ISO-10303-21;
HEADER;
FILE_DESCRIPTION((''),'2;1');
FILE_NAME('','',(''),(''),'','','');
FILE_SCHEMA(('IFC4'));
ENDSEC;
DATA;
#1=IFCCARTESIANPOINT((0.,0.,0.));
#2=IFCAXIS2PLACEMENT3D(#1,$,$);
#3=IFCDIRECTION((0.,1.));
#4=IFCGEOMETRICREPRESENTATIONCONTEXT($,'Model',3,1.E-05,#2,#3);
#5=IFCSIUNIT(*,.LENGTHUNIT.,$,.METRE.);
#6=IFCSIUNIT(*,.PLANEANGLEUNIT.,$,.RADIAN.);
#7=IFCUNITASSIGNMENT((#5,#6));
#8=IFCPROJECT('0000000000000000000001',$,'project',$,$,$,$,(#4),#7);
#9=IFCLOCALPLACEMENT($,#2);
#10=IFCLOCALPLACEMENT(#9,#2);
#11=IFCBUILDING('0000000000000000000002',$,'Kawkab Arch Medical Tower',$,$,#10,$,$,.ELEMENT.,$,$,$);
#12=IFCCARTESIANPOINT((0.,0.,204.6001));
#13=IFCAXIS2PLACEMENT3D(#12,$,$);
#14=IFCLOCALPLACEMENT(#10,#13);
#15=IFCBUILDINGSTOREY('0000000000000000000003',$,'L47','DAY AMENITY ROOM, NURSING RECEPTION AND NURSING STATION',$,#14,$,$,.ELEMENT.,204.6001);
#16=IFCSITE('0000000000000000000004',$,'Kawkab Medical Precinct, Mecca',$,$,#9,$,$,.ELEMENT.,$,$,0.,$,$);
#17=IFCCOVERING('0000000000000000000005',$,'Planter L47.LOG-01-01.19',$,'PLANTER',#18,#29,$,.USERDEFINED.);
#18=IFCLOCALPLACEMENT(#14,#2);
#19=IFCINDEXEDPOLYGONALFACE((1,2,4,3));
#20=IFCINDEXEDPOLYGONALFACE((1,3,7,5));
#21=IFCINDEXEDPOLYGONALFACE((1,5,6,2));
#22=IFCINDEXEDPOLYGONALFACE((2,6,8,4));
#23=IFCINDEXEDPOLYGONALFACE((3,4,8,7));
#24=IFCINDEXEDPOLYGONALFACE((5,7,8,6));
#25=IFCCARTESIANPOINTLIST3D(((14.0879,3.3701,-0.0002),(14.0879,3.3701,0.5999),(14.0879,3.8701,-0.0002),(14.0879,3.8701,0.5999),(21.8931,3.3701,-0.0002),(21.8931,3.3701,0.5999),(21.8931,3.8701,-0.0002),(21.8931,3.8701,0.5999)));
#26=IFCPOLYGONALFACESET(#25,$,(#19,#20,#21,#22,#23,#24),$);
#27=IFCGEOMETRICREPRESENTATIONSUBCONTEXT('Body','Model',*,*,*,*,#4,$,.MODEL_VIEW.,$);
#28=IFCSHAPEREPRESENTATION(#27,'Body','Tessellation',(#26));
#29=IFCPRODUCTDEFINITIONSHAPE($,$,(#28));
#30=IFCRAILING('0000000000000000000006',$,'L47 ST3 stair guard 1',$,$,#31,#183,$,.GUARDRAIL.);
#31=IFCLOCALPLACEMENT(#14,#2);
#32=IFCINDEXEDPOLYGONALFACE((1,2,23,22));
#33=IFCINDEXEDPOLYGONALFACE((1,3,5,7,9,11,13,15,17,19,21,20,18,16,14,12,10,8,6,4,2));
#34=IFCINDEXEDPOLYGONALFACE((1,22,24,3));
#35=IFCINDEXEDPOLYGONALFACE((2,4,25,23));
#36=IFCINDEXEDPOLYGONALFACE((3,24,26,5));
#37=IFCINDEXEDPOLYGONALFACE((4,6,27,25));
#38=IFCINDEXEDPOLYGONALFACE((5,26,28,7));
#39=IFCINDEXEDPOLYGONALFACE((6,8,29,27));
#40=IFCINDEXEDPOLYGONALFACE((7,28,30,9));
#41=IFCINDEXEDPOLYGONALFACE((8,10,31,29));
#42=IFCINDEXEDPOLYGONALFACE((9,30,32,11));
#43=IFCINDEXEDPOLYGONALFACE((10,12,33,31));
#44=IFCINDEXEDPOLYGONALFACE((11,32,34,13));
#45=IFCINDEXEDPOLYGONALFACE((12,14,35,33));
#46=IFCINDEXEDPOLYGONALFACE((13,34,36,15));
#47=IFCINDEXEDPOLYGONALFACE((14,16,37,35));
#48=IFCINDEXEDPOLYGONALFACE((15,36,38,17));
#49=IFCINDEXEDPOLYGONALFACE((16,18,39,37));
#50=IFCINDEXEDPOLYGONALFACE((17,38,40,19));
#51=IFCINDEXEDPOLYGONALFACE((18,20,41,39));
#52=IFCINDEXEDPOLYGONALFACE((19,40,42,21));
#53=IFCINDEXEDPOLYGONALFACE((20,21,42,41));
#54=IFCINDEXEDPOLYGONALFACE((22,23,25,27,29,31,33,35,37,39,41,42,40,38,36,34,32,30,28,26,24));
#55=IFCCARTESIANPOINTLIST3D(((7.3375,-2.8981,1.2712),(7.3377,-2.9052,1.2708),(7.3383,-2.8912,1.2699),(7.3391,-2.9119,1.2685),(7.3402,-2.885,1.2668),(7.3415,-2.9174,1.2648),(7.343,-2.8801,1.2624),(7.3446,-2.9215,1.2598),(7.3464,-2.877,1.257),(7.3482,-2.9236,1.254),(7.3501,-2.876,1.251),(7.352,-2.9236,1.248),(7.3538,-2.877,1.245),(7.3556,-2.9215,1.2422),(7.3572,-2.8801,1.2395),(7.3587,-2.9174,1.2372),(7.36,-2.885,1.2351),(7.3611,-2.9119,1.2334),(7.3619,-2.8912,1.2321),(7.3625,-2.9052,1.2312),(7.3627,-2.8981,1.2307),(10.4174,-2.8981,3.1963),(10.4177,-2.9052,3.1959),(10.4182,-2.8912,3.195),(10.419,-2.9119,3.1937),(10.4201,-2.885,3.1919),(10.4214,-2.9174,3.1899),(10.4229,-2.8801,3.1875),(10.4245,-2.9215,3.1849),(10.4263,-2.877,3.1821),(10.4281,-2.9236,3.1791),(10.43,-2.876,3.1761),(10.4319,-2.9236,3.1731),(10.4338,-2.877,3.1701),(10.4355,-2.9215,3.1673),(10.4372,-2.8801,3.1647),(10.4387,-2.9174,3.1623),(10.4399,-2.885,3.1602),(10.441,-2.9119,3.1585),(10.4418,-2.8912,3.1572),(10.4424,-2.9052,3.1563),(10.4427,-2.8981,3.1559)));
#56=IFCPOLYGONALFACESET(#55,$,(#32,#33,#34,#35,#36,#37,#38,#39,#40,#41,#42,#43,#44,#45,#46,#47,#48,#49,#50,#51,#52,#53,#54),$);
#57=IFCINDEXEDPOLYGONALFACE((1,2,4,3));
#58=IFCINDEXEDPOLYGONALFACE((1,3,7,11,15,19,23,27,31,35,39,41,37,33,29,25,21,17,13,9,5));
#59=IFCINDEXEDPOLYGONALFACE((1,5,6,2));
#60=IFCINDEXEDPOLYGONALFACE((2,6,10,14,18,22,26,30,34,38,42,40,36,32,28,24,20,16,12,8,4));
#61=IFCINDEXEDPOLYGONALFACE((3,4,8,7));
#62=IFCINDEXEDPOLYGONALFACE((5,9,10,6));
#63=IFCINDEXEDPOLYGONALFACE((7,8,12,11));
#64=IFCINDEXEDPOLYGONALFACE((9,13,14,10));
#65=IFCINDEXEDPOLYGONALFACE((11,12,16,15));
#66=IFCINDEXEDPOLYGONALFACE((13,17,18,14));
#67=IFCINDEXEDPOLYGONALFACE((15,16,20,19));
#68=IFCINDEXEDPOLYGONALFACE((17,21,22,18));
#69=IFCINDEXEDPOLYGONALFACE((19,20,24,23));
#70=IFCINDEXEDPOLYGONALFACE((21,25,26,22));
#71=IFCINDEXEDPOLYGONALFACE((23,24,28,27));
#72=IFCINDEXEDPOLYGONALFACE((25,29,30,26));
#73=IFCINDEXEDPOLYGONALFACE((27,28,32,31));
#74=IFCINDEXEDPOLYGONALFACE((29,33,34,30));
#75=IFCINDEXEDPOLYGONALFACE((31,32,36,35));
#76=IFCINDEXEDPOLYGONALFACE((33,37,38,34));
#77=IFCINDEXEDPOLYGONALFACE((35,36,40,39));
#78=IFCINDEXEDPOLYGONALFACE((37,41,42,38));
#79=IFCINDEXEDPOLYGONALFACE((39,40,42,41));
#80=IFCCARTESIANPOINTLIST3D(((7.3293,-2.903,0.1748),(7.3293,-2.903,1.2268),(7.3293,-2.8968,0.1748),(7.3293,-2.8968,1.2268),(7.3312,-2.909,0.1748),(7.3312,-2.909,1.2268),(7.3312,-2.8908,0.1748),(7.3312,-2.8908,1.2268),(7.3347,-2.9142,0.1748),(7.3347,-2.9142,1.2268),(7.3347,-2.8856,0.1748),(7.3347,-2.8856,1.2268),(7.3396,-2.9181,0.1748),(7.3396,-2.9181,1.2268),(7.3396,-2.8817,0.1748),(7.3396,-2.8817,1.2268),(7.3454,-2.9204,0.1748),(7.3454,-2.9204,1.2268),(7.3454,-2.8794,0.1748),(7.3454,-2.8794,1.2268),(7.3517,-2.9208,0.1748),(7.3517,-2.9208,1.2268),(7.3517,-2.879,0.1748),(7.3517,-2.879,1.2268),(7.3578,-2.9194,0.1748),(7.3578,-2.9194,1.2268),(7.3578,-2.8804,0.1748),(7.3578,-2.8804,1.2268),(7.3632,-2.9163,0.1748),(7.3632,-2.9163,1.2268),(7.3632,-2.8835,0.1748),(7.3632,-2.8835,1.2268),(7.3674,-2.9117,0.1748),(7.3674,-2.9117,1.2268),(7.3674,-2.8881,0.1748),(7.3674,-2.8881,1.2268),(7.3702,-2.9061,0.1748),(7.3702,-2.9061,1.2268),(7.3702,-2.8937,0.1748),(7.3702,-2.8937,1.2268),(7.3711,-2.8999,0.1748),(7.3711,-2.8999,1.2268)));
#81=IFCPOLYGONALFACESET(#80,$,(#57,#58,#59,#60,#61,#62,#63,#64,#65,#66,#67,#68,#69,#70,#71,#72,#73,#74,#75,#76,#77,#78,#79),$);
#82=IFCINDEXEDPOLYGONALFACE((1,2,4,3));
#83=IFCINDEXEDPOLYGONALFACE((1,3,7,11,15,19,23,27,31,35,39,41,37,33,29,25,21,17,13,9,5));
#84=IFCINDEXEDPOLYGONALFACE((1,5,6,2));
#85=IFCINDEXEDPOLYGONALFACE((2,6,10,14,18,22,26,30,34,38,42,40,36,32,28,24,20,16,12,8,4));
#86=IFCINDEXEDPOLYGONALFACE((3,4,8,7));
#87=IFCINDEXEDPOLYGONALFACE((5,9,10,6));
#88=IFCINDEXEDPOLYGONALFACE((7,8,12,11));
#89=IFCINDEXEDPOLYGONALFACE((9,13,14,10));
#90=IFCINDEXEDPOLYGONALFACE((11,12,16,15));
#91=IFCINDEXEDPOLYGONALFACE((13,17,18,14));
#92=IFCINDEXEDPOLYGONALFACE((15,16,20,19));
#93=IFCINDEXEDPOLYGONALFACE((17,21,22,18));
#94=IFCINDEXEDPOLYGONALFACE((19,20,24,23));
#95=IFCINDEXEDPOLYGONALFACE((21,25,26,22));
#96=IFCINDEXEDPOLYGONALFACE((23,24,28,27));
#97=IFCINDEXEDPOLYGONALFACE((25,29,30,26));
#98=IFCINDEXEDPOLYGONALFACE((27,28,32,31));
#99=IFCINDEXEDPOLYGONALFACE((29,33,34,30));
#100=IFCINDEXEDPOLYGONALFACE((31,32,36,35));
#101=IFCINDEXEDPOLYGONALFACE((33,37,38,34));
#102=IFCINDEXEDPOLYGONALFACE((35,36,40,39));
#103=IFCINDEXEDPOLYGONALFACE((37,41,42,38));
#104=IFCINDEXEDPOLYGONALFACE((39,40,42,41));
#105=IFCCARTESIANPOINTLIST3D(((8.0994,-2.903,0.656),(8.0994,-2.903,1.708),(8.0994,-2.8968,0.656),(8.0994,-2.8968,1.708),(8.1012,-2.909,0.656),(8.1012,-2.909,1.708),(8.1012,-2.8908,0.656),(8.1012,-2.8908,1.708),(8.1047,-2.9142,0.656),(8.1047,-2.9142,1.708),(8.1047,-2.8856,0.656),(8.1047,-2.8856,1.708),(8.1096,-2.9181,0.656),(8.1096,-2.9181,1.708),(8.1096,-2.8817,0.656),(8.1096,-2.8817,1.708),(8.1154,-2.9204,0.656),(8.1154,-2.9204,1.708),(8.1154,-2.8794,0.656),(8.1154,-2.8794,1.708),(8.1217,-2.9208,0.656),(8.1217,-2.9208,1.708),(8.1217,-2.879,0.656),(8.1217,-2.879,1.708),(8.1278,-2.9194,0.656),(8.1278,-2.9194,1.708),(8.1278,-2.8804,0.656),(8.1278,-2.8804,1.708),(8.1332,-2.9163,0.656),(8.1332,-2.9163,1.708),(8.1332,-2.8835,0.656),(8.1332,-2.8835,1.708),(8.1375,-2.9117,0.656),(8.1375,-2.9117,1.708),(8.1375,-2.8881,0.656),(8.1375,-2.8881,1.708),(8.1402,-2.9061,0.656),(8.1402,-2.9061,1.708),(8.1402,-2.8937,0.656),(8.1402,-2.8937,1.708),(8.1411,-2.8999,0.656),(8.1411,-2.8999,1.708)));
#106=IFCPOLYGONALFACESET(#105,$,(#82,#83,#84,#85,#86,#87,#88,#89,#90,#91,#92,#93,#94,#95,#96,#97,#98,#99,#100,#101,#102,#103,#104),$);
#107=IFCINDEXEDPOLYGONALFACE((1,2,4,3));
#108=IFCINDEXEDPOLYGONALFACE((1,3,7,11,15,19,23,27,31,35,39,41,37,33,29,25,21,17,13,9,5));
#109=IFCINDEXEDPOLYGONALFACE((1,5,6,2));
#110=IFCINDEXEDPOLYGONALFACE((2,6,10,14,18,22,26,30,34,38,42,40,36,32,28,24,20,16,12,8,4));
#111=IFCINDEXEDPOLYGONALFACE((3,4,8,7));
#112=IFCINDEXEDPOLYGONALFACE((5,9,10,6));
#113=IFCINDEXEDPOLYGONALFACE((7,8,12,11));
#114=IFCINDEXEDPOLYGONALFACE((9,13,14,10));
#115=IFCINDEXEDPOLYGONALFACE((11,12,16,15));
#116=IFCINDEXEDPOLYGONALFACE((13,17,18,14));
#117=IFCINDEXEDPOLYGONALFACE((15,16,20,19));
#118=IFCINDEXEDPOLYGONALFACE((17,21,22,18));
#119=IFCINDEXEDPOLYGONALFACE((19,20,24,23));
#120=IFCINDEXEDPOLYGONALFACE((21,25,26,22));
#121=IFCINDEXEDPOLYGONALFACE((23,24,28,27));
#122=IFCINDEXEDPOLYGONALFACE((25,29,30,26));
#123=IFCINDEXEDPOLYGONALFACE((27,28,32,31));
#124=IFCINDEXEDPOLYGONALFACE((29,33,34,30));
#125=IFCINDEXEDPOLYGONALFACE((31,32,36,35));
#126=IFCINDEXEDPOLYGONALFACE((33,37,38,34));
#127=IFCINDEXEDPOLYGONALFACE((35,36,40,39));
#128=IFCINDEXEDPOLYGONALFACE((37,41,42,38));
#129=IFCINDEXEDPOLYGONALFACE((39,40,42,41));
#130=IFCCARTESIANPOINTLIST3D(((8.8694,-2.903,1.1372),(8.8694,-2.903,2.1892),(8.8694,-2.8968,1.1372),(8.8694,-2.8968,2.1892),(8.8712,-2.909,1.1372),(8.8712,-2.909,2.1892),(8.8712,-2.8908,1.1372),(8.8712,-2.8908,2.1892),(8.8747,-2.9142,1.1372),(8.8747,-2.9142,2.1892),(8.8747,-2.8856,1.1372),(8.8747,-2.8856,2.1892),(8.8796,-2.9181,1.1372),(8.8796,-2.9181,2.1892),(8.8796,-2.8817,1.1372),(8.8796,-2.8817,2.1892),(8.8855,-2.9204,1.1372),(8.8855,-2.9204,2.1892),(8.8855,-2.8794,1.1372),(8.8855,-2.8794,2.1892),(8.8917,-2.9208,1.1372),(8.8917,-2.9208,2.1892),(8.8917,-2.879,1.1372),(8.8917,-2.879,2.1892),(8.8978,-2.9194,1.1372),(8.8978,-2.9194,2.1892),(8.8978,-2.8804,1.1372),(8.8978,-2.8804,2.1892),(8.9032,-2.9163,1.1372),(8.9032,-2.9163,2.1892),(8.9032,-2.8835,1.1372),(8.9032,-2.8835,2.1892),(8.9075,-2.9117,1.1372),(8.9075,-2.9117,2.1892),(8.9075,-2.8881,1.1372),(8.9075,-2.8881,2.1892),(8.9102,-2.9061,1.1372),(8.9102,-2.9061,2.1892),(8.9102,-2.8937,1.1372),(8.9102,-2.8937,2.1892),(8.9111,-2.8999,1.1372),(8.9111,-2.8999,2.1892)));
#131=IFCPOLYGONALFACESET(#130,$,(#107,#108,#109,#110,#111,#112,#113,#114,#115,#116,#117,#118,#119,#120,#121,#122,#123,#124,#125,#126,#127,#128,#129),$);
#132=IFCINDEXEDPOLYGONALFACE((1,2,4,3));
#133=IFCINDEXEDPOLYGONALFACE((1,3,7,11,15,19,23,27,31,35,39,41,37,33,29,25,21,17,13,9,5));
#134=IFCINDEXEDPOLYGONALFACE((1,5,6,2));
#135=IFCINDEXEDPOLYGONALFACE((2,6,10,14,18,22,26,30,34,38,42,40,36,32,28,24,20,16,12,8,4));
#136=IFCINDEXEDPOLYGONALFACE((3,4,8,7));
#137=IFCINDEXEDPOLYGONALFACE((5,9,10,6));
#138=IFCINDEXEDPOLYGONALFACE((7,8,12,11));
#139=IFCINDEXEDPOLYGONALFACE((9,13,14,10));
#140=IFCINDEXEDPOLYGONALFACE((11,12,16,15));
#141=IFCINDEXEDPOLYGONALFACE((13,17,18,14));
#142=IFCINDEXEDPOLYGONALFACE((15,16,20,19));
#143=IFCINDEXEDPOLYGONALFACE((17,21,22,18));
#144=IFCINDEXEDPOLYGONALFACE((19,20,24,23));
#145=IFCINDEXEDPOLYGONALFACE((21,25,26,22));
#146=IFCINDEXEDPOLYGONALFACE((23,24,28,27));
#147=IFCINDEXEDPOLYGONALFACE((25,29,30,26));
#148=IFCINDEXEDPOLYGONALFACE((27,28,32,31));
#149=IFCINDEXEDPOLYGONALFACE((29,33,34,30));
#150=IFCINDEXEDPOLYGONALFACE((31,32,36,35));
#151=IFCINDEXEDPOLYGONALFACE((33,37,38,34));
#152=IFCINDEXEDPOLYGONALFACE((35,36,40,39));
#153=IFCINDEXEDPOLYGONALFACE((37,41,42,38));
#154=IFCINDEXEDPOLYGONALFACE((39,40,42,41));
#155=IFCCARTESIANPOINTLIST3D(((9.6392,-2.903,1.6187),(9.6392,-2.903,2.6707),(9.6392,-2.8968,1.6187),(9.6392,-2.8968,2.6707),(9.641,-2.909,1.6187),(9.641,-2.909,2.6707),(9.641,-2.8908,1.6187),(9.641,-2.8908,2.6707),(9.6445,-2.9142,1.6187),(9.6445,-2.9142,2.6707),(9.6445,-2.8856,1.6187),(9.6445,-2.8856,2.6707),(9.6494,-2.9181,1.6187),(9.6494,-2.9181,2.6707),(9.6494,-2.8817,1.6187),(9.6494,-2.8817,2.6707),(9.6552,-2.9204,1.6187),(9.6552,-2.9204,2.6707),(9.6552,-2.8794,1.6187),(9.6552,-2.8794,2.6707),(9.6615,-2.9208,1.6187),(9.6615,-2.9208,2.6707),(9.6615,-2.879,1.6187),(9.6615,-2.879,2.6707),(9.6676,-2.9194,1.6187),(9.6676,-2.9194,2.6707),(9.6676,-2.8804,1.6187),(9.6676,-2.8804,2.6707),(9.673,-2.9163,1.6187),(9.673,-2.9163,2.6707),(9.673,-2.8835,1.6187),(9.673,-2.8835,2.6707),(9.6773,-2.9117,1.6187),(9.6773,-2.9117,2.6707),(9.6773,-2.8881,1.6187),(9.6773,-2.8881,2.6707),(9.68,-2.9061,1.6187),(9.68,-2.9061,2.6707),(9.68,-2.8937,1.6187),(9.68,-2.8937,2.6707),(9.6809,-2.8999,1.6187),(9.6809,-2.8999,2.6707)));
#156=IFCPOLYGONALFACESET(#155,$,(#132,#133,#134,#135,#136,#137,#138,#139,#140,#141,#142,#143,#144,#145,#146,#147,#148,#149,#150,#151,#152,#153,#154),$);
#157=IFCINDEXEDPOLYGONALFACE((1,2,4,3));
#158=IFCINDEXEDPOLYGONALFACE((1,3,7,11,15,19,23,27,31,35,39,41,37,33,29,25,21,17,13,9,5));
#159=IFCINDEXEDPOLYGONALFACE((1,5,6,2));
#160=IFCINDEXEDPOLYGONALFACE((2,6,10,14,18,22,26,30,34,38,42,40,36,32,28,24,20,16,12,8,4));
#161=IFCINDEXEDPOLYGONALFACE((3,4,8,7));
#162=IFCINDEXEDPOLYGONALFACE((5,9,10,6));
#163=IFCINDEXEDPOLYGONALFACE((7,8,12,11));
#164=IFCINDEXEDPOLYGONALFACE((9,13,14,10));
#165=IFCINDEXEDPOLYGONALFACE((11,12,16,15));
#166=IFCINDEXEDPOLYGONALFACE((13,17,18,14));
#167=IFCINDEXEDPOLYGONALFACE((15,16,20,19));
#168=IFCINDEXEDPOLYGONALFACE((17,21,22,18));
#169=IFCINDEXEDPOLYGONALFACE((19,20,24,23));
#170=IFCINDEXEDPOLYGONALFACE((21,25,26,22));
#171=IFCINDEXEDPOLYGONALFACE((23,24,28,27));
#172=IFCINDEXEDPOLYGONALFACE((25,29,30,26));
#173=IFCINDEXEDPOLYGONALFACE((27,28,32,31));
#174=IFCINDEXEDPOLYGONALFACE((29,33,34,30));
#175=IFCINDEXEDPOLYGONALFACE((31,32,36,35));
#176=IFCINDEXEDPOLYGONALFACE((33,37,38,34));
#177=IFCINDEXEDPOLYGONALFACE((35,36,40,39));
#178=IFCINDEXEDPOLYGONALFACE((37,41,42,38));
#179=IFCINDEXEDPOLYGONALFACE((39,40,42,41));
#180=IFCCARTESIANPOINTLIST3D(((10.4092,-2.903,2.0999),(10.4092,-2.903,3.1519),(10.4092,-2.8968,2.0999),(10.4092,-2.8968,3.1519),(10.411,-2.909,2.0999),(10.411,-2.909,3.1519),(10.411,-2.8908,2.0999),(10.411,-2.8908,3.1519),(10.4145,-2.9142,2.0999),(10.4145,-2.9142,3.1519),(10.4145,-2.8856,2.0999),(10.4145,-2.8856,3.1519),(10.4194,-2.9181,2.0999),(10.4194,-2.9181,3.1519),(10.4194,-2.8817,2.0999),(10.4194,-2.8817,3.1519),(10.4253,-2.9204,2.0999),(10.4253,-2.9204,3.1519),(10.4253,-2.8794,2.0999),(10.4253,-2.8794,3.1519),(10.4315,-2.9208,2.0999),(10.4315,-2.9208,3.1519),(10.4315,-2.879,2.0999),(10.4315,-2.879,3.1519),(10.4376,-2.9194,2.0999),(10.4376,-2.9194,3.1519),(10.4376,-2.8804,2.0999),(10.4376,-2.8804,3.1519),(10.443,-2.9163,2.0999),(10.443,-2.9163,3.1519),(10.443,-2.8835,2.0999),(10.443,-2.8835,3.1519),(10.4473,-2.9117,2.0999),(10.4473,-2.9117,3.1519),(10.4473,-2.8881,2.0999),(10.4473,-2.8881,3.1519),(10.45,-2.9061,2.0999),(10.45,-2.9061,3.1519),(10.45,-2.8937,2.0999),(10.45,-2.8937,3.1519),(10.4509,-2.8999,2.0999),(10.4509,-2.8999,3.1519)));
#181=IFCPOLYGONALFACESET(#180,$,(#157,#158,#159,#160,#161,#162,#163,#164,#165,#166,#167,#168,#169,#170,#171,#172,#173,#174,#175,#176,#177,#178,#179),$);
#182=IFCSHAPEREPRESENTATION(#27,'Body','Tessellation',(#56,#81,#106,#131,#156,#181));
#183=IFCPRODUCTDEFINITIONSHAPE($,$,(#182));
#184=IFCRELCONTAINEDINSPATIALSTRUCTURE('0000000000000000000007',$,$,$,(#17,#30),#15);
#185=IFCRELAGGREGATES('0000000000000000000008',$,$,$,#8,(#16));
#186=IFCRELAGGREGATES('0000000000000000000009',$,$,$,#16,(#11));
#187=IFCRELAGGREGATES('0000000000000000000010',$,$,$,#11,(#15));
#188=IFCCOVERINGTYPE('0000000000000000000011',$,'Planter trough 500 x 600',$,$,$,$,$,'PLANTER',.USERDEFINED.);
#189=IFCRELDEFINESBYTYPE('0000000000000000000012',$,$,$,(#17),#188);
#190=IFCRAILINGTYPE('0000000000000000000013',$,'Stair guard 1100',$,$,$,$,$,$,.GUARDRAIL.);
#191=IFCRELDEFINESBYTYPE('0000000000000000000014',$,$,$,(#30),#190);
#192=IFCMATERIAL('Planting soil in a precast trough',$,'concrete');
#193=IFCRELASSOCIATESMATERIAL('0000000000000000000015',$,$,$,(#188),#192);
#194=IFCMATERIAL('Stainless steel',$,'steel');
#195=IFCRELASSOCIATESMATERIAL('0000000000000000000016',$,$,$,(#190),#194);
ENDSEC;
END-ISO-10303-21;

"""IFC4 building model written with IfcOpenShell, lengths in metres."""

from ifc_helpers import new_model, si_unit, direction, frame, origin, origin_2d, place, context, subcontext, project, spatial, rectangle, circle, extrude, material, material_profile, profile_set, type_object, element, save


model = new_model("IFC4")

# Units and contexts
model_context = context("Model", 3, precision=1e-05, world=origin(), true_north=direction((0.0, 1.0)))
body_context = subcontext(model_context, "Body", "Model", "MODEL_VIEW")
ifc_project = project(units=[si_unit("LENGTHUNIT", "METRE"), si_unit("PLANEANGLEUNIT", "RADIAN")], contexts=[model_context])

# Site, building, storey
site_placement = place(None, origin())
site = spatial("IfcSite", under=ifc_project, at=site_placement, Name="Kawkab Medical Precinct, Mecca", CompositionType="ELEMENT", RefElevation=0.0)
building_placement = place(site_placement, origin())
building = spatial("IfcBuilding", under=site, at=building_placement, Name="Kawkab Arch Medical Tower", CompositionType="ELEMENT")
storey_placement = place(building_placement, frame((0.0, 0.0, 204.6001)))
storey = spatial("IfcBuildingStorey", under=building, at=storey_placement, Name="L47", Description="DAY AMENITY ROOM, NURSING RECEPTION AND NURSING STATION", CompositionType="ELEMENT", Elevation=204.6001)

# Covering
ifc_material_1 = material(Name="Planting soil in a precast trough", Category="concrete")
ifc_material_profile_1 = material_profile(ifc_material_1, rectangle(XDim=0.5, YDim=0.6001, at=origin_2d()), Name="Trough 500x600")
ifc_profile_set_1 = profile_set([ifc_material_profile_1], Name="Planting soil in a precast trough")
covering_type_1 = type_object("IfcCoveringType", Name="Planter trough 500 x 600", ElementType="PLANTER", PredefinedType="USERDEFINED", material=ifc_profile_set_1)
covering_1_placement = place(storey_placement, frame((14.0879, 3.6201, 0.2998), z_axis=(1.0, 0.0, 0.0), x_axis=(0.0, 1.0, 0.0)))
element("IfcCovering", 1, at=covering_1_placement, inside=storey, type_object=covering_type_1, Name="Planter L47.LOG-01-01.19", ObjectType="PLANTER", PredefinedType="USERDEFINED", context=body_context, shape_type="SweptSolid", body=[
    extrude(rectangle(XDim=0.5, YDim=0.6001, at=origin_2d()), origin(), (0.0, 0.0, 1.0), 7.8052),
])

# Railing
ifc_material_2 = material(Name="Stainless steel", Category="steel")
railing_type_1 = type_object("IfcRailingType", Name="Stair guard 1100", PredefinedType="GUARDRAIL", material=ifc_material_2)
railing_1_placement = place(storey_placement, frame((7.3501, -2.8999, 0.1748)))
element("IfcRailing", 2, at=railing_1_placement, inside=storey, type_object=railing_type_1, Name="L47 ST3 stair guard 1", PredefinedType="GUARDRAIL", context=body_context, shape_type="SweptSolid", body=[
    extrude(circle(Radius=0.0239, at=origin_2d()), frame((0.0, 0.0, 1.0762), z_axis=(0.847979, 0.0, 0.530029), x_axis=(0.0, 1.0, 0.0)), (0.0, 0.0, 1.0), 3.6321),
    extrude(circle(Radius=0.021, at=origin_2d()), origin(), (0.0, 0.0, 1.0), 1.052),
    extrude(circle(Radius=0.021, at=origin_2d()), frame((0.77, 0.0, 0.4812)), (0.0, 0.0, 1.0), 1.052),
    extrude(circle(Radius=0.021, at=origin_2d()), frame((1.54, 0.0, 0.9624)), (0.0, 0.0, 1.0), 1.052),
    extrude(circle(Radius=0.021, at=origin_2d()), frame((2.3098, 0.0, 1.4438)), (0.0, 0.0, 1.0), 1.052),
    extrude(circle(Radius=0.021, at=origin_2d()), frame((3.0798, 0.0, 1.925)), (0.0, 0.0, 1.0), 1.052),
])

save(model, "model.ifc")
